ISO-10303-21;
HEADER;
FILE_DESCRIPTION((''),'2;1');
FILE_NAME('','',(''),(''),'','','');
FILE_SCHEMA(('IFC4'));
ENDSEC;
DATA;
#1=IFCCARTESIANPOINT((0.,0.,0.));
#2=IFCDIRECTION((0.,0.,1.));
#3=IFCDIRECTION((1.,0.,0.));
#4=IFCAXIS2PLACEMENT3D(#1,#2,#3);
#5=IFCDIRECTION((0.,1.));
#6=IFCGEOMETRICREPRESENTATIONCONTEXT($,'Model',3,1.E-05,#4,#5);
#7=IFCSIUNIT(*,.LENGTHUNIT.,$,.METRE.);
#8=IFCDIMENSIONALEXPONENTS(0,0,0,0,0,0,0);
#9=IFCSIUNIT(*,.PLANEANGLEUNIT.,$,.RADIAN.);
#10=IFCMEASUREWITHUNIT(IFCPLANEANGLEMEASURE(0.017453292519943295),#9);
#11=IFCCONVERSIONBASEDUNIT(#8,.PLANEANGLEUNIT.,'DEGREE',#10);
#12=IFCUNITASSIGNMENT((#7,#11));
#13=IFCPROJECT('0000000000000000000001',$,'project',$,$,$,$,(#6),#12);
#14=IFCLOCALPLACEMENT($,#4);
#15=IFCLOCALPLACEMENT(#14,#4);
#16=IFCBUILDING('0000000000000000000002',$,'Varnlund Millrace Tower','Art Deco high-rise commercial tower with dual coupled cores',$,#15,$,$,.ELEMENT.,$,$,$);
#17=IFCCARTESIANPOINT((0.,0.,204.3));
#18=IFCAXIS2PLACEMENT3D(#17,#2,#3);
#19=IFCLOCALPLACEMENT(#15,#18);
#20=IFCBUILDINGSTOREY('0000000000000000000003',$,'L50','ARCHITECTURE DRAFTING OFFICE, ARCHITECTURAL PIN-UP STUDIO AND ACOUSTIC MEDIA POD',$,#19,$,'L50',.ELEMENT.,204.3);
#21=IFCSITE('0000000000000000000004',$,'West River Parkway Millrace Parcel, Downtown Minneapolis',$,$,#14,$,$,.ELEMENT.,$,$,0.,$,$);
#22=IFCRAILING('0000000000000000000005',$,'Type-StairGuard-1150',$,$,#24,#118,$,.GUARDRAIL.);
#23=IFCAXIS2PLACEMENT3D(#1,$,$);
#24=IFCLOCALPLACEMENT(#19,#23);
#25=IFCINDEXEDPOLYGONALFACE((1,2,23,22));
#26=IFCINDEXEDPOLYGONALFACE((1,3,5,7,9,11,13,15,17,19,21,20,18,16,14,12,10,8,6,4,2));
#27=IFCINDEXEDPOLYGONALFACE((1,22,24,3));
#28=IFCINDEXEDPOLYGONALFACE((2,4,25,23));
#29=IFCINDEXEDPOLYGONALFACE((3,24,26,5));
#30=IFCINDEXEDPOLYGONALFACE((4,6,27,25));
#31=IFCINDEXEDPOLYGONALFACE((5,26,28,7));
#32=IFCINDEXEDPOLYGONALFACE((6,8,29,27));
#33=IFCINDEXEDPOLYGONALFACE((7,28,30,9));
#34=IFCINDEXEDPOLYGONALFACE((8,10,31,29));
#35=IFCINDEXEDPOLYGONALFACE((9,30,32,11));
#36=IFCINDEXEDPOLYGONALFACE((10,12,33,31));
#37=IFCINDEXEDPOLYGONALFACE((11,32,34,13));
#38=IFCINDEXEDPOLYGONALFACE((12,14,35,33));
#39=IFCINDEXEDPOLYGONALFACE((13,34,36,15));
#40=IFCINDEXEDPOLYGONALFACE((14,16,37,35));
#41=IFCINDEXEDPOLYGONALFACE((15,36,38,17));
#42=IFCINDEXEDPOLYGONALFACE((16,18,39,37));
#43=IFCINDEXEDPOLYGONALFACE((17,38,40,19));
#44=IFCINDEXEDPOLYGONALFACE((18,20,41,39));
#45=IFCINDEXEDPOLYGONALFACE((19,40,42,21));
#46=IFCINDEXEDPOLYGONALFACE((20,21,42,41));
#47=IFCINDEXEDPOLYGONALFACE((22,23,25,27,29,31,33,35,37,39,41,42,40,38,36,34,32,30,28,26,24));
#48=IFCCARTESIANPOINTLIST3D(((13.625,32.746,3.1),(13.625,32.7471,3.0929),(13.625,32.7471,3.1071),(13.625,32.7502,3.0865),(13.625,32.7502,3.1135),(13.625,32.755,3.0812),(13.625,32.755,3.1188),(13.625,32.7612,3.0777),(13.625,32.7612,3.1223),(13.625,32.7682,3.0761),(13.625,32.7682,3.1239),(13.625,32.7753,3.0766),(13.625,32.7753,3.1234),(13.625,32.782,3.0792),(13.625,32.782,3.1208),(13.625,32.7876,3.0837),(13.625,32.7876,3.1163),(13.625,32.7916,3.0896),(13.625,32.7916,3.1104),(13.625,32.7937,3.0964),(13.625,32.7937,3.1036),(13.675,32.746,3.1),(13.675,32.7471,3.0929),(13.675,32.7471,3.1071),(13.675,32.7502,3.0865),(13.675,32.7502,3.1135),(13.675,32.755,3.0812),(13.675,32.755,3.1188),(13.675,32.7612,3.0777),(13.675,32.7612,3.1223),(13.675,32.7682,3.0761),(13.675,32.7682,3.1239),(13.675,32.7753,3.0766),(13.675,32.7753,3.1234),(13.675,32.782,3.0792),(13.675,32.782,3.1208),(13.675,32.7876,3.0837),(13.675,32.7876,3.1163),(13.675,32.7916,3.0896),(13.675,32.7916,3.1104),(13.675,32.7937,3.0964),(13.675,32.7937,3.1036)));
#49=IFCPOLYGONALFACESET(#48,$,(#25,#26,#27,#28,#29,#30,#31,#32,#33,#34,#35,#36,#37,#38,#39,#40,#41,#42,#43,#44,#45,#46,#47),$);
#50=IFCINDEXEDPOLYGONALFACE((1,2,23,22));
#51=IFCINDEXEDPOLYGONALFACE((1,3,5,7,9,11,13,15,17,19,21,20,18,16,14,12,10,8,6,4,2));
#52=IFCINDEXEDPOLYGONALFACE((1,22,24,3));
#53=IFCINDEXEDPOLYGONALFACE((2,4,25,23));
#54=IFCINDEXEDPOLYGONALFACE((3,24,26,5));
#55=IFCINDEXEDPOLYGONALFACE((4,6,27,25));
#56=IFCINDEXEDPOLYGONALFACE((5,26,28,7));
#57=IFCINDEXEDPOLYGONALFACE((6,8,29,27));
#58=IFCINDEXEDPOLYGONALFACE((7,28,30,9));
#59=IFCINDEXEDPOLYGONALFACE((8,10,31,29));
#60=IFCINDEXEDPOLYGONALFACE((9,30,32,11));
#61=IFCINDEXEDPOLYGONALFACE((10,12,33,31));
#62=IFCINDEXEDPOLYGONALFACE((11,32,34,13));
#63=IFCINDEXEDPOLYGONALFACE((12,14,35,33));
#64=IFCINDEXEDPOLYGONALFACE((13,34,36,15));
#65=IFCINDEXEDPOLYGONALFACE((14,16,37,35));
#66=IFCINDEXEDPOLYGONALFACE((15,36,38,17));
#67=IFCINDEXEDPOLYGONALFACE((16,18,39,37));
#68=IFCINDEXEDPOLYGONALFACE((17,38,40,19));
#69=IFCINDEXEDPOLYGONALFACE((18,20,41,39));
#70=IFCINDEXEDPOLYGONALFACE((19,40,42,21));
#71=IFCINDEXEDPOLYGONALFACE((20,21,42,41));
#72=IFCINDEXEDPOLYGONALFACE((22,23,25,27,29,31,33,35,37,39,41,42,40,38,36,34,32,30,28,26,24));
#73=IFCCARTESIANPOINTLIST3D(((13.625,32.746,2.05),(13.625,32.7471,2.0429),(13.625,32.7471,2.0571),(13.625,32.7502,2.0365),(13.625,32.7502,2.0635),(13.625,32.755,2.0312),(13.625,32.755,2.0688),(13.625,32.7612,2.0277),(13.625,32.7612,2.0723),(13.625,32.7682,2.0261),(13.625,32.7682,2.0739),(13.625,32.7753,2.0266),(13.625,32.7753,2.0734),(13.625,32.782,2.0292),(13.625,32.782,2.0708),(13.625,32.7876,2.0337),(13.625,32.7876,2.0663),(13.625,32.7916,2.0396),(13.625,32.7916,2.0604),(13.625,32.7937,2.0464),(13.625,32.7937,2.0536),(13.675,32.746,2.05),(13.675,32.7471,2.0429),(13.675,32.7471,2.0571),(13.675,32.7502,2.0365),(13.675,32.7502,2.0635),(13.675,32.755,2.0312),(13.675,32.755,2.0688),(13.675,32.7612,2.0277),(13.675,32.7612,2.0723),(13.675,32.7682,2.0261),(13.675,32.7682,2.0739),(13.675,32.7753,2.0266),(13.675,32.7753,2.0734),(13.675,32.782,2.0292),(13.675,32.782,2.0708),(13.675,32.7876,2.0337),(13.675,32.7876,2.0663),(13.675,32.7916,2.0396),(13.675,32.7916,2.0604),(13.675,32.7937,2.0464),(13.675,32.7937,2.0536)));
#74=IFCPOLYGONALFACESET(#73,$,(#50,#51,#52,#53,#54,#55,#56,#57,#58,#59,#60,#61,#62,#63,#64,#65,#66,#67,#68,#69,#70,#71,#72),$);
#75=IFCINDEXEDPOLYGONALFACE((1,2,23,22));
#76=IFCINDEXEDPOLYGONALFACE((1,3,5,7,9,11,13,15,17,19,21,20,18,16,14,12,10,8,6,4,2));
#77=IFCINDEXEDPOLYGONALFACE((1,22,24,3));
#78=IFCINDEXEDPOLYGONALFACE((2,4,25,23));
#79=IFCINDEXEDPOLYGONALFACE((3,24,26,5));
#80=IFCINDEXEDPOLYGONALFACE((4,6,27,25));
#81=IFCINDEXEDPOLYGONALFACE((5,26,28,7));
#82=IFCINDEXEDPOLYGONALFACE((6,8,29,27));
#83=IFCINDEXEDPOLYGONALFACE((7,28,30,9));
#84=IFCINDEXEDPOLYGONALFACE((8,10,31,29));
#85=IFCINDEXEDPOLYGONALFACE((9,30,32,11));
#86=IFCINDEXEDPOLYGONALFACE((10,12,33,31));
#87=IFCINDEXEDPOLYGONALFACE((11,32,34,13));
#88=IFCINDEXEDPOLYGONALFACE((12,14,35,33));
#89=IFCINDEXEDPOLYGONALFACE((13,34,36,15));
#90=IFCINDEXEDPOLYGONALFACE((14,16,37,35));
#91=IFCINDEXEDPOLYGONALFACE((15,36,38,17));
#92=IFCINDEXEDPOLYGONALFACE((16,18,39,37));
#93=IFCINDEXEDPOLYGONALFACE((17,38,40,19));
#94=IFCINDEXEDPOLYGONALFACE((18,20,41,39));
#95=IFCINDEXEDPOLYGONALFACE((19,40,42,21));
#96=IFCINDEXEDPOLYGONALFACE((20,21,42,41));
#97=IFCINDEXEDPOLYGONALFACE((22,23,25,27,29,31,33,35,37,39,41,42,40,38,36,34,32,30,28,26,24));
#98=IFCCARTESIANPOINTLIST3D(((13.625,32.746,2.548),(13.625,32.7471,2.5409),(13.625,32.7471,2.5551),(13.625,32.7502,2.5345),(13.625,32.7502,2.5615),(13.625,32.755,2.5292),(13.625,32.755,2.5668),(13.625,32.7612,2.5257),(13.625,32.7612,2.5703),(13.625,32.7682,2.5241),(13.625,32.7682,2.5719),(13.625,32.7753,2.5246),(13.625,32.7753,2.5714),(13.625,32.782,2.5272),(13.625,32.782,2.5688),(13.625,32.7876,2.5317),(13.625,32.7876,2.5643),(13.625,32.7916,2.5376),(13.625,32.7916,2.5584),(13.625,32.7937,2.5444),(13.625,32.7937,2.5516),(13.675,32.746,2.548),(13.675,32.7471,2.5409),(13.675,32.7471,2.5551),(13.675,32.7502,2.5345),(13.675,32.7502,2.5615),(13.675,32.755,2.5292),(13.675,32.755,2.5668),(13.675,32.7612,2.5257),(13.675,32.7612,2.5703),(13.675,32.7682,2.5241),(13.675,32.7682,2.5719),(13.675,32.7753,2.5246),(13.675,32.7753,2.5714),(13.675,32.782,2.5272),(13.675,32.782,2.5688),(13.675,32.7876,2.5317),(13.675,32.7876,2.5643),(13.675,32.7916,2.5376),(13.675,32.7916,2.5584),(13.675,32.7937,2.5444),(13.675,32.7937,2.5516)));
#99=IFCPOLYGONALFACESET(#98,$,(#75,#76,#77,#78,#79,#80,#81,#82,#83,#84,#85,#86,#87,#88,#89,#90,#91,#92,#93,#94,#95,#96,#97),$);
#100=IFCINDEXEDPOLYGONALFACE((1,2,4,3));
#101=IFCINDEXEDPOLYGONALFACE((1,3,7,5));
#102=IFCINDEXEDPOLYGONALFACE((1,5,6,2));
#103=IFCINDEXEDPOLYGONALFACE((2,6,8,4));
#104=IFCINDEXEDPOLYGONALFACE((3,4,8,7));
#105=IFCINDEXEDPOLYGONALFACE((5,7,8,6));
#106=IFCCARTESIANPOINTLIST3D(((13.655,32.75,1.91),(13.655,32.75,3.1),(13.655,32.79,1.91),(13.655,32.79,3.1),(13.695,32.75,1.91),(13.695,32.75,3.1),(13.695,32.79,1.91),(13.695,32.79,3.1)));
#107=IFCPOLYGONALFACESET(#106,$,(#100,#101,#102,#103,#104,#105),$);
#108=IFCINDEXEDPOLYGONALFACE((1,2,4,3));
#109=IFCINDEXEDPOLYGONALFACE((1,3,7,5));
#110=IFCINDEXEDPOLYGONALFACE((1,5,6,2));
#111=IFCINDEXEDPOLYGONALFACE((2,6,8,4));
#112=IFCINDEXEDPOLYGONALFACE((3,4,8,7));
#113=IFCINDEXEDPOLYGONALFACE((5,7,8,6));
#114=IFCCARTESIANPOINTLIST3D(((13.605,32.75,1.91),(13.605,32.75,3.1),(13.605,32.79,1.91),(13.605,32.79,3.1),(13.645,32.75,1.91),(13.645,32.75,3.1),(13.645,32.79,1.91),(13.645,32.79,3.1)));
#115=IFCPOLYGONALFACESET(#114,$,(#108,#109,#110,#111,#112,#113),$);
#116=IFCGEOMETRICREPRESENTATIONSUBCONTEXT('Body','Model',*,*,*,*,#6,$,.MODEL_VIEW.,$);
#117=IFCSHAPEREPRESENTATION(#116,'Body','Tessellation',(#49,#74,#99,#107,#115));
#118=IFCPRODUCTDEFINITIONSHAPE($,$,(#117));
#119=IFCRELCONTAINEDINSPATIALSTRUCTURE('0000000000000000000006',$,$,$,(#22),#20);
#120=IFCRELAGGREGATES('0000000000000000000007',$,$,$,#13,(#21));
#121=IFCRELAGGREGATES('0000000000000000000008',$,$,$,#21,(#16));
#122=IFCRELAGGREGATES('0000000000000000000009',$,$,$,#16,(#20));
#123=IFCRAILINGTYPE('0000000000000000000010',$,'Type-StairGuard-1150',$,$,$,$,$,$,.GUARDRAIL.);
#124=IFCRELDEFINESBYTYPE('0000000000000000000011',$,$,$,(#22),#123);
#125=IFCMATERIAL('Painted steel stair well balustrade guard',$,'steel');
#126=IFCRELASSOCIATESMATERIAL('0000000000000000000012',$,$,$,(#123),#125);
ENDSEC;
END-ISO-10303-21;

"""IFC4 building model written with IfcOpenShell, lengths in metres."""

from ifc_helpers import new_model, entity, si_unit, converted_unit, direction, frame, origin_with_axes, origin_2d_with_axis, place, context, subcontext, project, spatial, rectangle, circle, extrude, material, type_object, element, save


model = new_model("IFC4")

# Units and contexts
model_context = context("Model", 3, precision=1e-05, world=origin_with_axes(), true_north=direction((0.0, 1.0)))
body_context = subcontext(model_context, "Body", "Model", "MODEL_VIEW")
ifc_project = project(units=[si_unit("LENGTHUNIT", "METRE"), converted_unit("PLANEANGLEUNIT", "DEGREE", entity("IfcPlaneAngleMeasure", 0.017453292519943295), si_unit("PLANEANGLEUNIT", "RADIAN"), dimensions=[0, 0, 0, 0, 0, 0, 0])], contexts=[model_context])

# Site, building, storey
site_placement = place(None, origin_with_axes())
site = spatial("IfcSite", under=ifc_project, at=site_placement, Name="West River Parkway Millrace Parcel, Downtown Minneapolis", CompositionType="ELEMENT", RefElevation=0.0)
building_placement = place(site_placement, origin_with_axes())
building = spatial("IfcBuilding", under=site, at=building_placement, Name="Varnlund Millrace Tower", Description="Art Deco high-rise commercial tower with dual coupled cores", CompositionType="ELEMENT")
storey_placement = place(building_placement, frame((0.0, 0.0, 204.3), z_axis=(0.0, 0.0, 1.0), x_axis=(1.0, 0.0, 0.0)))
storey = spatial("IfcBuildingStorey", under=building, at=storey_placement, Name="L50", Description="ARCHITECTURE DRAFTING OFFICE, ARCHITECTURAL PIN-UP STUDIO AND ACOUSTIC MEDIA POD", LongName="L50", CompositionType="ELEMENT", Elevation=204.3)

# Railing
ifc_material_1 = material(Name="Painted steel stair well balustrade guard", Category="steel")
railing_type_1 = type_object("IfcRailingType", Name="Type-StairGuard-1150", PredefinedType="GUARDRAIL", material=ifc_material_1)
railing_1_placement = place(storey_placement, frame((0.0, 0.0, -204.3), z_axis=(0.0, 0.0, 1.0), x_axis=(1.0, 0.0, 0.0)))
element("IfcRailing", 1, at=railing_1_placement, inside=storey, type_object=railing_type_1, Name="Type-StairGuard-1150", PredefinedType="GUARDRAIL", context=body_context, shape_type="SweptSolid", body=[
    extrude(circle(Radius=0.024, at=origin_2d_with_axis()), frame((13.675, 32.77, 207.4), z_axis=(-1.0, 0.0, 0.0), x_axis=(0.0, -1.0, 0.0)), (0.0, 0.0, 1.0), 0.05),
    extrude(circle(Radius=0.024, at=origin_2d_with_axis()), frame((13.675, 32.77, 206.35), z_axis=(-1.0, 0.0, 0.0), x_axis=(0.0, -1.0, 0.0)), (0.0, 0.0, 1.0), 0.05),
    extrude(circle(Radius=0.024, at=origin_2d_with_axis()), frame((13.675, 32.77, 206.848), z_axis=(-1.0, 0.0, 0.0), x_axis=(0.0, -1.0, 0.0)), (0.0, 0.0, 1.0), 0.05),
    extrude(rectangle(XDim=0.04, YDim=0.04, at=origin_2d_with_axis()), frame((13.675, 32.77, 206.21), z_axis=(0.0, 0.0, 1.0), x_axis=(1.0, 0.0, 0.0)), (0.0, 0.0, 1.0), 1.19),
    extrude(rectangle(XDim=0.04, YDim=0.04, at=origin_2d_with_axis()), frame((13.625, 32.77, 206.21), z_axis=(0.0, 0.0, 1.0), x_axis=(1.0, 0.0, 0.0)), (0.0, 0.0, 1.0), 1.19),
])

save(model, "model.ifc")
